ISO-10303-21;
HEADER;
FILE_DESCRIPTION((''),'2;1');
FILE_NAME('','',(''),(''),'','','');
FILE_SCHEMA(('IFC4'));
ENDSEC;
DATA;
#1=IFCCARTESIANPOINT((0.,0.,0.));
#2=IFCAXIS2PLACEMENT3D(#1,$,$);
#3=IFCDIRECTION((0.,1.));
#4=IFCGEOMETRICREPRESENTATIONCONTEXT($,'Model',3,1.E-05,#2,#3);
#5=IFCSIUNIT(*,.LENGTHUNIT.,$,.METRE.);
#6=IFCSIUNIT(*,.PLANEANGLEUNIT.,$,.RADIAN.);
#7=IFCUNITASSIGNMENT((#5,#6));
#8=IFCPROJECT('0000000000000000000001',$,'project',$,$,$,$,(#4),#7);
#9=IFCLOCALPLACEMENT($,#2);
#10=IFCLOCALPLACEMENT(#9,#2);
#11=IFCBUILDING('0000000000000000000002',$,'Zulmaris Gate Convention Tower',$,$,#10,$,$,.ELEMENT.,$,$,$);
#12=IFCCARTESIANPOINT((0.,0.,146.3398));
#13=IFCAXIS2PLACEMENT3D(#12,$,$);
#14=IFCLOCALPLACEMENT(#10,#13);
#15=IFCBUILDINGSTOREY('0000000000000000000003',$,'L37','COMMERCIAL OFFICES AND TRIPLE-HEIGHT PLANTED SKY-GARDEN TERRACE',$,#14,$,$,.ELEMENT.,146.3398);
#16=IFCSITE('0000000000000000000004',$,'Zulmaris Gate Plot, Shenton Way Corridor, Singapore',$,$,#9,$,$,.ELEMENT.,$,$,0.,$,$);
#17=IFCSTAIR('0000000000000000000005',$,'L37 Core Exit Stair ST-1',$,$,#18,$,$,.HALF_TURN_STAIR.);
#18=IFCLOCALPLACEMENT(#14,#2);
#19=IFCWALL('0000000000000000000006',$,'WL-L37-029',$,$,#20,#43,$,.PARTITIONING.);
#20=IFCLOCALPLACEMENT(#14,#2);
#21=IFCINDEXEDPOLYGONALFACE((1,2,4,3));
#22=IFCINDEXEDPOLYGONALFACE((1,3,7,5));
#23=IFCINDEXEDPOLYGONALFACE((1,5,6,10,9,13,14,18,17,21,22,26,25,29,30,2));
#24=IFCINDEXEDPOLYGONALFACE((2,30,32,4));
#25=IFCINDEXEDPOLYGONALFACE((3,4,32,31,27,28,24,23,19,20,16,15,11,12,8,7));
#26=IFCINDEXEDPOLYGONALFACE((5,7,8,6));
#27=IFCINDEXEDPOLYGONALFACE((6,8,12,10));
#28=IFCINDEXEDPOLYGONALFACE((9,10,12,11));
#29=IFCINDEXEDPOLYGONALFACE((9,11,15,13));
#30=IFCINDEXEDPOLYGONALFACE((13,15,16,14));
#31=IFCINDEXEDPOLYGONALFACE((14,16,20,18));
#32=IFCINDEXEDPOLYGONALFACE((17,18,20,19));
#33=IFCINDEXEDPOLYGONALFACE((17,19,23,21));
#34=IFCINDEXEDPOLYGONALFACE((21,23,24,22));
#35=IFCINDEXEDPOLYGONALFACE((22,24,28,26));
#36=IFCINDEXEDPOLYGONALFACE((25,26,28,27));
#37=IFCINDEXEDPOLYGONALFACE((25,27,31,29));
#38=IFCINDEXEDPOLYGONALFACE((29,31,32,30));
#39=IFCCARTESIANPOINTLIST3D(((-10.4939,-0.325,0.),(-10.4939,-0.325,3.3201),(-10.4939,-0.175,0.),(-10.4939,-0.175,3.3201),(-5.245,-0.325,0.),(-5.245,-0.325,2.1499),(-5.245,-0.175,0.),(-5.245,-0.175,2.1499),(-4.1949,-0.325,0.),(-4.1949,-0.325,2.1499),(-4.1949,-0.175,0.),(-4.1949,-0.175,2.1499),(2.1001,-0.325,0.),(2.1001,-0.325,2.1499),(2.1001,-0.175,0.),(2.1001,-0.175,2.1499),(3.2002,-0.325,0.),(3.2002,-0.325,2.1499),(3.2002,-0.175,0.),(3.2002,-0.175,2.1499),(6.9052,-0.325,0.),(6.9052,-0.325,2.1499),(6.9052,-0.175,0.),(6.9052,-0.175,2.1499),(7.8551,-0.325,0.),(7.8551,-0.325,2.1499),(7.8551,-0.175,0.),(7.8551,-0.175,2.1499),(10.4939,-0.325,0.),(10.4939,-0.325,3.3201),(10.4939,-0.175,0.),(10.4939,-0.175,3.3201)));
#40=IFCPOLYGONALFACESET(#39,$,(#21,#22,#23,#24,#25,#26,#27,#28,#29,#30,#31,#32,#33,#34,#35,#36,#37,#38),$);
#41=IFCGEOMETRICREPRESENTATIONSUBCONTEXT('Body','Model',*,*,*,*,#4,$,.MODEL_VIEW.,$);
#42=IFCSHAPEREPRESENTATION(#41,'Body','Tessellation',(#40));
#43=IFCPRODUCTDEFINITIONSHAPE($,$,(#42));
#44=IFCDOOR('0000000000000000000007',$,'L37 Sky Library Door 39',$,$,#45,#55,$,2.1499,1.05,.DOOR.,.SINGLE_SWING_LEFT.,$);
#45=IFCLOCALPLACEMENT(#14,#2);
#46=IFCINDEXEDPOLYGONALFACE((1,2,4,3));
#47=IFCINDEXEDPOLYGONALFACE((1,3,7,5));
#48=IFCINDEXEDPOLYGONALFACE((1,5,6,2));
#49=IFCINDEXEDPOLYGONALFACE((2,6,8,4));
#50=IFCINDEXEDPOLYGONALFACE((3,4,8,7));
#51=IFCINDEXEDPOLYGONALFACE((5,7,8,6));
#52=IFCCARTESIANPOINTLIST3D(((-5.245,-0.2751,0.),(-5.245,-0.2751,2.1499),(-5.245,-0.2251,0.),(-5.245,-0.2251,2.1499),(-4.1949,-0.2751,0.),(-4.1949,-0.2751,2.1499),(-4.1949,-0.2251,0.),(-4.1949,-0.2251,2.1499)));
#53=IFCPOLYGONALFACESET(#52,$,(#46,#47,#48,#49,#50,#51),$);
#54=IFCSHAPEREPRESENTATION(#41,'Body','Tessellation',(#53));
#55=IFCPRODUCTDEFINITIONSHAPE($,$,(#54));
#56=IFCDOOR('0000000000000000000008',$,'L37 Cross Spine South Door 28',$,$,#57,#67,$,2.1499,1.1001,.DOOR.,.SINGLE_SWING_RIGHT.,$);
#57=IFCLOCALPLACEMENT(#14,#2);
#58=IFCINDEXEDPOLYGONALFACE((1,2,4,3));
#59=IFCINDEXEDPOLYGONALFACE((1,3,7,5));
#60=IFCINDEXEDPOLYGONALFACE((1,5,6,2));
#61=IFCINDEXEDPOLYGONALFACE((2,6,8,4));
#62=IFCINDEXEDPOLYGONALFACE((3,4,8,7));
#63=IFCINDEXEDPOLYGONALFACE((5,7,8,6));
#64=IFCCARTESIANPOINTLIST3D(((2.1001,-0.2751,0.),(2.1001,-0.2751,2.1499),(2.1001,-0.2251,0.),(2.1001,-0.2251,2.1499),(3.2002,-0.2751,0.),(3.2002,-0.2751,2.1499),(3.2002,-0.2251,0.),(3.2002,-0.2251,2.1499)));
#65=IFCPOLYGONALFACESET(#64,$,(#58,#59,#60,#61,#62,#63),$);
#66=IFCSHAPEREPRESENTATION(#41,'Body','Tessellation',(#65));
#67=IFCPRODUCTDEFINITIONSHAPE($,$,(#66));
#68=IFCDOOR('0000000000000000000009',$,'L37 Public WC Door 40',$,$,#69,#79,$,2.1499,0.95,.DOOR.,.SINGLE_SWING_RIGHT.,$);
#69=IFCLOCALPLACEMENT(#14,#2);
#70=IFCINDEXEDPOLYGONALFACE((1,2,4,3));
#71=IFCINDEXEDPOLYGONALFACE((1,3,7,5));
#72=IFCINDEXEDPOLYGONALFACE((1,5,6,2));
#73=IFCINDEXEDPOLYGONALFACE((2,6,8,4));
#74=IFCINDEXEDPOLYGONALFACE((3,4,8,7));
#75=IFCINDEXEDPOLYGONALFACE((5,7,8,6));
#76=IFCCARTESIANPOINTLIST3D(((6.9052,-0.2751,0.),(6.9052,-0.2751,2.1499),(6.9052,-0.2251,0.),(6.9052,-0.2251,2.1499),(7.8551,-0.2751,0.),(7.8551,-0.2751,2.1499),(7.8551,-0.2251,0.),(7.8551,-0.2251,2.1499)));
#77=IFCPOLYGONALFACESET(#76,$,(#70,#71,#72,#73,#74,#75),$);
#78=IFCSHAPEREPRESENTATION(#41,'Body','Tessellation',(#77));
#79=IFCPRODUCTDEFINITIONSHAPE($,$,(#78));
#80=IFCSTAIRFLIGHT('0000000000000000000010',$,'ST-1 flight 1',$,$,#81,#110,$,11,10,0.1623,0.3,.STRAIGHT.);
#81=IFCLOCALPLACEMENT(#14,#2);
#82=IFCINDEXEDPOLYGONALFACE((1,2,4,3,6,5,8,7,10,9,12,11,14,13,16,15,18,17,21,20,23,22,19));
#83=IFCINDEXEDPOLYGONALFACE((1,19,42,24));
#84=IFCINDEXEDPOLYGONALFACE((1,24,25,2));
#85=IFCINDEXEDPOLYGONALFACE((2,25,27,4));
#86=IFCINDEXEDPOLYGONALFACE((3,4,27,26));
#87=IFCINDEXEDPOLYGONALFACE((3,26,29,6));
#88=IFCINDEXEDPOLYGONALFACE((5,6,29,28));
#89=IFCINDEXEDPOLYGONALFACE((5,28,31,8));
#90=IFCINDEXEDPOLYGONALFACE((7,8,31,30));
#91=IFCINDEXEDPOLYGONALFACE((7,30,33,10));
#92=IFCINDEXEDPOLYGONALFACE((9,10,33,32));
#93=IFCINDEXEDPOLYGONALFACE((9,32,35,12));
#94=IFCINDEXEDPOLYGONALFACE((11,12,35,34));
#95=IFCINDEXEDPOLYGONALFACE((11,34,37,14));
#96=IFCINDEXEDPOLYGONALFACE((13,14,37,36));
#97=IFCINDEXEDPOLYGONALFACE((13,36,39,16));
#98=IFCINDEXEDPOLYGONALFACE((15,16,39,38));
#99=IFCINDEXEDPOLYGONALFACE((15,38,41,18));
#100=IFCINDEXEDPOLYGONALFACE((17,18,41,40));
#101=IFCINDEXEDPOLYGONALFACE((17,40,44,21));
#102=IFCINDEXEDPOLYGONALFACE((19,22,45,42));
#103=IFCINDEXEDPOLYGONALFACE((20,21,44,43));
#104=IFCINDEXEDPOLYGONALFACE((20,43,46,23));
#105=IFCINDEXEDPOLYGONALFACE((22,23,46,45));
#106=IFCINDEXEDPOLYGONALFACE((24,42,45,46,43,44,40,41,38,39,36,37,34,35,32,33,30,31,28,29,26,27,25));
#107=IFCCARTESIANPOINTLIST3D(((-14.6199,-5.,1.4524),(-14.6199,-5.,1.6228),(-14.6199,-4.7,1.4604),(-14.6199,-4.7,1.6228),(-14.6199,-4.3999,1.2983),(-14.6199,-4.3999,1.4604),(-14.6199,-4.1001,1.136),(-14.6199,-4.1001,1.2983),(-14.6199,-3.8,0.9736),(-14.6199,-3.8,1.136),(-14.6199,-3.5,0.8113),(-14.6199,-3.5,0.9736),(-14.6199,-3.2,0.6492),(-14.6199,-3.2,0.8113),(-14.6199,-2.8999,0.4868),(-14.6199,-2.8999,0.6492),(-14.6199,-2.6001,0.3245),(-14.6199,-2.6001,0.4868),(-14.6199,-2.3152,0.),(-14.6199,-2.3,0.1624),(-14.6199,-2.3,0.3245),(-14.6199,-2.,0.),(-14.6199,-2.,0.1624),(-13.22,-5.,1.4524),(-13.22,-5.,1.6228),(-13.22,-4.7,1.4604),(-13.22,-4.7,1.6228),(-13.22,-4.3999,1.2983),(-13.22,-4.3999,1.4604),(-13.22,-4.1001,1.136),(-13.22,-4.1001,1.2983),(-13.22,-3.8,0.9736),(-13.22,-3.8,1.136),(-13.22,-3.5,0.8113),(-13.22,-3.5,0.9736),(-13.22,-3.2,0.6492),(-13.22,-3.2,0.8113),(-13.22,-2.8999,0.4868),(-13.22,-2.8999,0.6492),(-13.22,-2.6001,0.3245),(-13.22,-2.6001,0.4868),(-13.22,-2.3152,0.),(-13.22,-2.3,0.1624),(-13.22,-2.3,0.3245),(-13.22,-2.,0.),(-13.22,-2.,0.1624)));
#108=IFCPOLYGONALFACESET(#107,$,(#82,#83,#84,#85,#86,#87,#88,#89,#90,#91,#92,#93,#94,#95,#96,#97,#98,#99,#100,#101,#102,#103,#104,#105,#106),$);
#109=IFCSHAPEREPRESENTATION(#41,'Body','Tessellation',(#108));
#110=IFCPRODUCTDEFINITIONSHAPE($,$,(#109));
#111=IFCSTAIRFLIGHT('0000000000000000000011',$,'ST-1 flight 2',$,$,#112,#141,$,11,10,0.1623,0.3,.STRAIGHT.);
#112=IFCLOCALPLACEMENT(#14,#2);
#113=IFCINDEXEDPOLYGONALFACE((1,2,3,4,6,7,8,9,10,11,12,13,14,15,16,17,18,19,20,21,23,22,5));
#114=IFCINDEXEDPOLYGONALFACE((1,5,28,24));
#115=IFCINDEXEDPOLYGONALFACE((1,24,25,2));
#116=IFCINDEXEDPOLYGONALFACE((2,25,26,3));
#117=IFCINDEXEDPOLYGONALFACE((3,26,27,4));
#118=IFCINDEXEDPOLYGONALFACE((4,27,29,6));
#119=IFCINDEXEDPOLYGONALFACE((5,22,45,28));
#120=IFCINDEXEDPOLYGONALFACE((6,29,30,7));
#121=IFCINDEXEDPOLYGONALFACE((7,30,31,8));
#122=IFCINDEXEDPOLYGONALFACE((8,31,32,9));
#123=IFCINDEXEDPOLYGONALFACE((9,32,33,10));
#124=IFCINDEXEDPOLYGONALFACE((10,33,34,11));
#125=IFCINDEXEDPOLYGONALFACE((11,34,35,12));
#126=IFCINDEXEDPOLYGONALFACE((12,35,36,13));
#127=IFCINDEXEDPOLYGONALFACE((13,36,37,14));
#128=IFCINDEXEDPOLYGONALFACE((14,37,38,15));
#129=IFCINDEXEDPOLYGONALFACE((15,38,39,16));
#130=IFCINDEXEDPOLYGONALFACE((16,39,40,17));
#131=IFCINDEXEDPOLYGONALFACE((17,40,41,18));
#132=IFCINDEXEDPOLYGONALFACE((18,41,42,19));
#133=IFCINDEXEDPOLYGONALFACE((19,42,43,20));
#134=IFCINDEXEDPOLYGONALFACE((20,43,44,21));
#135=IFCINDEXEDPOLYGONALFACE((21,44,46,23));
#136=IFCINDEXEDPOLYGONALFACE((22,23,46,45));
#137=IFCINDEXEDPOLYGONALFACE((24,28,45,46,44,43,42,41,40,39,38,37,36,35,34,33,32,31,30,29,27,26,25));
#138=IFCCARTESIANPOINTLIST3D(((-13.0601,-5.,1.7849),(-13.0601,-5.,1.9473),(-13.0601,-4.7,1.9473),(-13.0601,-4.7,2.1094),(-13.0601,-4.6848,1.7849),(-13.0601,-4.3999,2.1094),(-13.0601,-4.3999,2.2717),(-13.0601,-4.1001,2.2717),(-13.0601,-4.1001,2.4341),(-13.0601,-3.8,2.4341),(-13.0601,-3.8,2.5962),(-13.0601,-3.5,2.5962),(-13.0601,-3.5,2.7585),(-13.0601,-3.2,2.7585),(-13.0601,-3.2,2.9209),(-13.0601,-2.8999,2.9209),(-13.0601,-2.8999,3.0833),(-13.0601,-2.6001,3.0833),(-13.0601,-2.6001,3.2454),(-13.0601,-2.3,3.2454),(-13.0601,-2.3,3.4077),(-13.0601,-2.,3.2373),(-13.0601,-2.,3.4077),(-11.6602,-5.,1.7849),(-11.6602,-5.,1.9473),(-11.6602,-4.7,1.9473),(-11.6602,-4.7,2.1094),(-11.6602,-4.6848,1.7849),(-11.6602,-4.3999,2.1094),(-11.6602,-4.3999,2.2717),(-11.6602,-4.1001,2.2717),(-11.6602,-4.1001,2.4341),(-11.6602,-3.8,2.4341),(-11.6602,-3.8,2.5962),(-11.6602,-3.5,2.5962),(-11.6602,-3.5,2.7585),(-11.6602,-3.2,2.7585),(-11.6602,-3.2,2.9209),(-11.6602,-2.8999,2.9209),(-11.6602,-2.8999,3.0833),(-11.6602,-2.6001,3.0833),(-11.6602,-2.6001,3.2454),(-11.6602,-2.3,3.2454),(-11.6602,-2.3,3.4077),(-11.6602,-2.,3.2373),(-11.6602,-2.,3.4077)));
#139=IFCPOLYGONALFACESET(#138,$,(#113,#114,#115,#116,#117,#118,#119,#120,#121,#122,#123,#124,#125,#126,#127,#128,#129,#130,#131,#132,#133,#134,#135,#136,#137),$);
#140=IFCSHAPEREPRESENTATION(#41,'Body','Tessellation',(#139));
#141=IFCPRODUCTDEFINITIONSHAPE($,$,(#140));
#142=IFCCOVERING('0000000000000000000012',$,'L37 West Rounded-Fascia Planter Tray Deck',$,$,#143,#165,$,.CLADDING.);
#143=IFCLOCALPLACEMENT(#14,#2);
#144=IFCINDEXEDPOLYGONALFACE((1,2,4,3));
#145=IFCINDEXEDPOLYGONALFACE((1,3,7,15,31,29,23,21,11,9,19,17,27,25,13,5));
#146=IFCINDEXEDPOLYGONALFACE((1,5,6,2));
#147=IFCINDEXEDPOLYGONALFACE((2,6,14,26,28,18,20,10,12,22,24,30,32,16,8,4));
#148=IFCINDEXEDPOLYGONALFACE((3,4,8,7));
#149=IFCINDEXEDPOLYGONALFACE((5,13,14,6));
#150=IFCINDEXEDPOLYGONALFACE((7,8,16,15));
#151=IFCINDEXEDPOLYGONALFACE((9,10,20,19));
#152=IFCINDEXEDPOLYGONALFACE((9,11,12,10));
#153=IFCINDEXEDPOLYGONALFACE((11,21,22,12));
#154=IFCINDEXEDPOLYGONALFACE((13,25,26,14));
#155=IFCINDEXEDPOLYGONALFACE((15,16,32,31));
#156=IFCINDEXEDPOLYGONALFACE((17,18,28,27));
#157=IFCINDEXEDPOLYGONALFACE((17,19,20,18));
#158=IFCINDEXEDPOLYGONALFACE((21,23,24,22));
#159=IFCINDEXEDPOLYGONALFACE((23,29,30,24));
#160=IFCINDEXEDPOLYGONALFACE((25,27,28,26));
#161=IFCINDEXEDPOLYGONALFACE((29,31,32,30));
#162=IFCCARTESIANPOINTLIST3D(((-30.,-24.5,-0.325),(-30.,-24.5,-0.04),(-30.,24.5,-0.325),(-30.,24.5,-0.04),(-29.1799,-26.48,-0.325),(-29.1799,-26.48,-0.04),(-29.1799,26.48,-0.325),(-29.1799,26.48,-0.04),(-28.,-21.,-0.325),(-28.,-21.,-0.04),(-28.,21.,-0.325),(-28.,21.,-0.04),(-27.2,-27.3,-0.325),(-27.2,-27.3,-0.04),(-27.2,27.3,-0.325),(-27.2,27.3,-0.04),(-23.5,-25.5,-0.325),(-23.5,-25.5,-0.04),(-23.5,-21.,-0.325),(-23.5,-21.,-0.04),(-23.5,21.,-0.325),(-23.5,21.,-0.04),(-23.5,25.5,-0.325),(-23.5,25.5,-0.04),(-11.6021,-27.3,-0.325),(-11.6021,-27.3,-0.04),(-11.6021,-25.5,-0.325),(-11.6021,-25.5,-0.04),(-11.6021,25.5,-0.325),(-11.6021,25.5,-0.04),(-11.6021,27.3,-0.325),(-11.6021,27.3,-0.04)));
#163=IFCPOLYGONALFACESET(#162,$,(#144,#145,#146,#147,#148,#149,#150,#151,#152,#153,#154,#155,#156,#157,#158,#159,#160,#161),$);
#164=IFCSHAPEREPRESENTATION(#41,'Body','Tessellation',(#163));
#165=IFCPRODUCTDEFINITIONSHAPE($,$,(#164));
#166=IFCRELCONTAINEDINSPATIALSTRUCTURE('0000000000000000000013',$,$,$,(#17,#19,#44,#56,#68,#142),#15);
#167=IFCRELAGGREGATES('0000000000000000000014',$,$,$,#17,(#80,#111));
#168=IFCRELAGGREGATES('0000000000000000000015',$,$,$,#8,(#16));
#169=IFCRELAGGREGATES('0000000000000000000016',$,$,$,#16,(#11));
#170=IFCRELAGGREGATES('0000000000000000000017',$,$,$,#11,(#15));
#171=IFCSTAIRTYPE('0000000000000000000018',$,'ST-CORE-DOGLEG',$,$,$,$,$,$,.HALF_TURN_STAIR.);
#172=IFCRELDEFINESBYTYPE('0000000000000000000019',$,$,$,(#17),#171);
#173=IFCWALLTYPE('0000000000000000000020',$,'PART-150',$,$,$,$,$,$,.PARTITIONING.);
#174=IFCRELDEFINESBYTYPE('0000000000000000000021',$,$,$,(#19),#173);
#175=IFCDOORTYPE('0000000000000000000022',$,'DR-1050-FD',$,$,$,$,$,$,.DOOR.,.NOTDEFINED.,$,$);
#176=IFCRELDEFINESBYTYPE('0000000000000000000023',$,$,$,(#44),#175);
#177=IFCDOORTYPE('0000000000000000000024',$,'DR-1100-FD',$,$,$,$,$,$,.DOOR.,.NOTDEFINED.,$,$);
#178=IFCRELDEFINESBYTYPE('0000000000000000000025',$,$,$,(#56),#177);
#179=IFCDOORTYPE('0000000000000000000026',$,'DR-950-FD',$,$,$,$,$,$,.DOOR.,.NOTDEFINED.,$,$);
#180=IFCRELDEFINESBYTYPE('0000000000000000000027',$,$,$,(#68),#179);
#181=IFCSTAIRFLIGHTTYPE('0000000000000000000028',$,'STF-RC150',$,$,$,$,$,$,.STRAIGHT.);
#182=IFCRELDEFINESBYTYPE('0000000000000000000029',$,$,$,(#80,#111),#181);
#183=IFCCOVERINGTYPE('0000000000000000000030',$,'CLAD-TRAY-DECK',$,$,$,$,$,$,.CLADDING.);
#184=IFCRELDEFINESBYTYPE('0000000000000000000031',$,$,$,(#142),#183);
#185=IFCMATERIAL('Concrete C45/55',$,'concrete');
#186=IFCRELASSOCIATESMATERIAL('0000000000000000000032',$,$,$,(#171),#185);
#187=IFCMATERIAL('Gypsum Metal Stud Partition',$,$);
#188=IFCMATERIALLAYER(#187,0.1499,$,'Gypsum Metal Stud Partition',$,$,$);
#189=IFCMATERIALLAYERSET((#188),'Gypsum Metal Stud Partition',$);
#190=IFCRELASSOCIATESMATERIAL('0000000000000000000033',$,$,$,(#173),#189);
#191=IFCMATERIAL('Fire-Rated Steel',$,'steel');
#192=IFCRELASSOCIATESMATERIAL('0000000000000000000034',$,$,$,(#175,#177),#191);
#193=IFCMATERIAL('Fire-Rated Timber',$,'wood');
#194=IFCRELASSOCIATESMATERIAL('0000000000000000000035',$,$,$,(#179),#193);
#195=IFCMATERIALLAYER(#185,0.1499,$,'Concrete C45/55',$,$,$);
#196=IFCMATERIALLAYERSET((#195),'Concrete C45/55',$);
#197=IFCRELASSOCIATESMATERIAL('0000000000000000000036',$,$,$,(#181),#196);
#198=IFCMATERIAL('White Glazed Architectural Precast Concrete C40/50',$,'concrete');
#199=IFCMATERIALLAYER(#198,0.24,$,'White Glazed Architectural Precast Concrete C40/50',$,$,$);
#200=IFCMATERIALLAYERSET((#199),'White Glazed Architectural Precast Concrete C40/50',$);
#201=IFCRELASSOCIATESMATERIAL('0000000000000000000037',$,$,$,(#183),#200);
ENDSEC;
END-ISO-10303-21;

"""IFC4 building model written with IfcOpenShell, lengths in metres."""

from ifc_helpers import new_model, si_unit, direction, frame, frame_2d, origin, place, context, subcontext, project, spatial, polyline, rectangle, outline, extrude, material, layer, layer_set, type_object, element, fill, aggregate, save


model = new_model("IFC4")

# Units and contexts
model_context = context("Model", 3, precision=1e-05, world=origin(), true_north=direction((0.0, 1.0)))
body_context = subcontext(model_context, "Body", "Model", "MODEL_VIEW")
ifc_project = project(units=[si_unit("LENGTHUNIT", "METRE"), si_unit("PLANEANGLEUNIT", "RADIAN")], contexts=[model_context])

# Site, building, storey
site_placement = place(None, origin())
site = spatial("IfcSite", under=ifc_project, at=site_placement, Name="Zulmaris Gate Plot, Shenton Way Corridor, Singapore", CompositionType="ELEMENT", RefElevation=0.0)
building_placement = place(site_placement, origin())
building = spatial("IfcBuilding", under=site, at=building_placement, Name="Zulmaris Gate Convention Tower", CompositionType="ELEMENT")
storey_placement = place(building_placement, frame((0.0, 0.0, 146.3398)))
storey = spatial("IfcBuildingStorey", under=building, at=storey_placement, Name="L37", Description="COMMERCIAL OFFICES AND TRIPLE-HEIGHT PLANTED SKY-GARDEN TERRACE", CompositionType="ELEMENT", Elevation=146.3398)

# Stair
ifc_material_1 = material(Name="Concrete C45/55", Category="concrete")
stair_type = type_object("IfcStairType", Name="ST-CORE-DOGLEG", PredefinedType="HALF_TURN_STAIR", material=ifc_material_1)
stair_1_placement = place(storey_placement, origin())
stair_1 = element("IfcStair", 1, at=stair_1_placement, inside=storey, type_object=stair_type, Name="L37 Core Exit Stair ST-1", PredefinedType="HALF_TURN_STAIR")

# Wall, openings, doors
ifc_material_2 = material(Name="Gypsum Metal Stud Partition")
ifc_layer_1 = layer(ifc_material_2, 0.1499, Name="Gypsum Metal Stud Partition")
ifc_layer_set_1 = layer_set([ifc_layer_1], Name="Gypsum Metal Stud Partition")
wall_type_1 = type_object("IfcWallType", Name="PART-150", PredefinedType="PARTITIONING", material=ifc_layer_set_1)
wall_1_placement = place(storey_placement, frame((-10.4939, -0.25, 0.0), z_axis=(0.0, 0.0, 1.0), x_axis=(1.0, 0.0, 0.0)))
wall_1 = element("IfcWall", 2, at=wall_1_placement, inside=storey, type_object=wall_type_1, Name="WL-L37-029", PredefinedType="PARTITIONING", context=body_context, shape_type="SweptSolid", body=[
    extrude(rectangle(XDim=20.9878, YDim=0.1499, at=frame_2d((10.4939, 0.0))), origin(), (0.0, 0.0, 1.0), 3.3201),
])
opening_1_placement = place(wall_1_placement, frame((12.594, 0.0, 0.0)))
opening_1 = element("IfcOpeningElement", 3, at=opening_1_placement, cuts=wall_1, PredefinedType="OPENING", context=body_context, shape_type="SweptSolid", body=[
    extrude(rectangle(XDim=1.1001, YDim=2.1499, at=frame_2d((0.55, 1.075))), frame((0.0, 0.085, 0.0), z_axis=(0.0, -1.0, 0.0), x_axis=(1.0, 0.0, 0.0)), (0.0, 0.0, 1.0), 0.1699),
])
opening_2_placement = place(wall_1_placement, frame((5.249, 0.0, 0.0)))
opening_2 = element("IfcOpeningElement", 4, at=opening_2_placement, cuts=wall_1, PredefinedType="OPENING", context=body_context, shape_type="SweptSolid", body=[
    extrude(rectangle(XDim=1.05, YDim=2.1499, at=frame_2d((0.5249, 1.075))), frame((0.0, 0.085, 0.0), z_axis=(0.0, -1.0, 0.0), x_axis=(1.0, 0.0, 0.0)), (0.0, 0.0, 1.0), 0.1699),
])
opening_3_placement = place(wall_1_placement, frame((17.3989, 0.0, 0.0)))
opening_3 = element("IfcOpeningElement", 5, at=opening_3_placement, cuts=wall_1, PredefinedType="OPENING", context=body_context, shape_type="SweptSolid", body=[
    extrude(rectangle(XDim=0.95, YDim=2.1499, at=frame_2d((0.4751, 1.075))), frame((0.0, 0.085, 0.0), z_axis=(0.0, -1.0, 0.0), x_axis=(1.0, 0.0, 0.0)), (0.0, 0.0, 1.0), 0.1699),
])
ifc_material_3 = material(Name="Fire-Rated Steel", Category="steel")
door_type_1 = type_object("IfcDoorType", Name="DR-1050-FD", OperationType="NOTDEFINED", PredefinedType="DOOR", material=ifc_material_3)
door_1_placement = place(opening_2_placement, origin())
door_1 = element("IfcDoor", 6, at=door_1_placement, inside=storey, type_object=door_type_1, Name="L37 Sky Library Door 39", OperationType="SINGLE_SWING_LEFT", OverallHeight=2.1499, OverallWidth=1.05, PredefinedType="DOOR", context=body_context, shape_type="SweptSolid", body=[
    extrude(rectangle(XDim=1.05, YDim=2.1499, at=frame_2d((0.5249, 1.075))), frame((0.0, 0.0249, 0.0), z_axis=(0.0, -1.0, 0.0), x_axis=(1.0, 0.0, 0.0)), (0.0, 0.0, 1.0), 0.05),
])
fill(opening_2, door_1)
door_type_2 = type_object("IfcDoorType", Name="DR-1100-FD", OperationType="NOTDEFINED", PredefinedType="DOOR", material=ifc_material_3)
door_2_placement = place(opening_1_placement, origin())
door_2 = element("IfcDoor", 7, at=door_2_placement, inside=storey, type_object=door_type_2, Name="L37 Cross Spine South Door 28", OperationType="SINGLE_SWING_RIGHT", OverallHeight=2.1499, OverallWidth=1.1001, PredefinedType="DOOR", context=body_context, shape_type="SweptSolid", body=[
    extrude(rectangle(XDim=1.1001, YDim=2.1499, at=frame_2d((0.55, 1.075))), frame((0.0, 0.0249, 0.0), z_axis=(0.0, -1.0, 0.0), x_axis=(1.0, 0.0, 0.0)), (0.0, 0.0, 1.0), 0.05),
])
fill(opening_1, door_2)
ifc_material_4 = material(Name="Fire-Rated Timber", Category="wood")
door_type_3 = type_object("IfcDoorType", Name="DR-950-FD", OperationType="NOTDEFINED", PredefinedType="DOOR", material=ifc_material_4)
door_3_placement = place(opening_3_placement, origin())
door_3 = element("IfcDoor", 8, at=door_3_placement, inside=storey, type_object=door_type_3, Name="L37 Public WC Door 40", OperationType="SINGLE_SWING_RIGHT", OverallHeight=2.1499, OverallWidth=0.95, PredefinedType="DOOR", context=body_context, shape_type="SweptSolid", body=[
    extrude(rectangle(XDim=0.95, YDim=2.1499, at=frame_2d((0.4751, 1.075))), frame((0.0, 0.0249, 0.0), z_axis=(0.0, -1.0, 0.0), x_axis=(1.0, 0.0, 0.0)), (0.0, 0.0, 1.0), 0.05),
])
fill(opening_3, door_3)

# Stair flights
ifc_layer_2 = layer(ifc_material_1, 0.1499, Name="Concrete C45/55")
ifc_layer_set_2 = layer_set([ifc_layer_2], Name="Concrete C45/55")
stair_flight_type = type_object("IfcStairFlightType", Name="STF-RC150", PredefinedType="STRAIGHT", material=ifc_layer_set_2)
stair_flight_1_placement = place(storey_placement, frame((-13.9199, -2.0, 0.0), z_axis=(0.0, 0.0, 1.0), x_axis=(0.0, -1.0, 0.0)))
stair_flight_1 = element("IfcStairFlight", 9, at=stair_flight_1_placement, type_object=stair_flight_type, Name="ST-1 flight 1", NumberOfRisers=11, NumberOfTreads=10, PredefinedType="STRAIGHT", RiserHeight=0.1623, TreadLength=0.3, context=body_context, shape_type="SweptSolid", body=[
    extrude(outline(polyline([(0.0, 0.0), (0.0, 0.1624), (0.3, 0.1624), (0.3, 0.3245), (0.6001, 0.3245), (0.6001, 0.4868), (0.8999, 0.4868), (0.8999, 0.6492), (1.2, 0.6492), (1.2, 0.8113), (1.5, 0.8113), (1.5, 0.9736), (1.8, 0.9736), (1.8, 1.136), (2.1001, 1.136), (2.1001, 1.2983), (2.3999, 1.2983), (2.3999, 1.4604), (2.7, 1.4604), (2.7, 1.6228), (3.0, 1.6228), (3.0, 1.7852), (3.0, 1.4524), (0.3152, 0.0), (0.0, 0.0)])), frame((0.0, 0.7, 0.0), z_axis=(0.0, -1.0, 0.0), x_axis=(1.0, 0.0, 0.0)), (0.0, 0.0, 1.0), 1.3999),
])
stair_flight_2_placement = place(storey_placement, frame((-12.3601, -5.0, 1.7849), z_axis=(0.0, 0.0, 1.0), x_axis=(0.0, 1.0, 0.0)))
stair_flight_2 = element("IfcStairFlight", 10, at=stair_flight_2_placement, type_object=stair_flight_type, Name="ST-1 flight 2", NumberOfRisers=11, NumberOfTreads=10, PredefinedType="STRAIGHT", RiserHeight=0.1623, TreadLength=0.3, context=body_context, shape_type="SweptSolid", body=[
    extrude(outline(polyline([(0.0, 0.0), (0.0, 0.1624), (0.3, 0.1624), (0.3, 0.3245), (0.6001, 0.3245), (0.6001, 0.4868), (0.8999, 0.4868), (0.8999, 0.6492), (1.2, 0.6492), (1.2, 0.8113), (1.5, 0.8113), (1.5, 0.9736), (1.8, 0.9736), (1.8, 1.136), (2.1001, 1.136), (2.1001, 1.2983), (2.3999, 1.2983), (2.3999, 1.4604), (2.7, 1.4604), (2.7, 1.6228), (3.0, 1.6228), (3.0, 1.7852), (3.0, 1.4524), (0.3152, 0.0), (0.0, 0.0)])), frame((0.0, 0.7, 0.0), z_axis=(0.0, -1.0, 0.0), x_axis=(1.0, 0.0, 0.0)), (0.0, 0.0, 1.0), 1.3999),
])
aggregate(stair_1, [stair_flight_1, stair_flight_2])

# Covering
ifc_material_5 = material(Name="White Glazed Architectural Precast Concrete C40/50", Category="concrete")
ifc_layer_3 = layer(ifc_material_5, 0.24, Name="White Glazed Architectural Precast Concrete C40/50")
ifc_layer_set_3 = layer_set([ifc_layer_3], Name="White Glazed Architectural Precast Concrete C40/50")
covering_type_1 = type_object("IfcCoveringType", Name="CLAD-TRAY-DECK", PredefinedType="CLADDING", material=ifc_layer_set_3)
covering_1_placement = place(storey_placement, frame((0.0, 0.0, -0.325)))
element("IfcCovering", 11, at=covering_1_placement, inside=storey, type_object=covering_type_1, Name="L37 West Rounded-Fascia Planter Tray Deck", PredefinedType="CLADDING", context=body_context, shape_type="SweptSolid", body=[
    extrude(outline(polyline([(-30.0, 24.5), (-29.1799, 26.48), (-27.2, 27.3), (-11.6021, 27.3), (-11.6021, 25.5), (-23.5, 25.5), (-23.5, 21.0), (-28.0, 21.0), (-28.0, -21.0), (-23.5, -21.0), (-23.5, -25.5), (-11.6021, -25.5), (-11.6021, -27.3), (-27.2, -27.3), (-29.1799, -26.48), (-30.0, -24.5), (-30.0, 24.5)])), origin(), (0.0, 0.0, 1.0), 0.2849),
])

save(model, "model.ifc")
